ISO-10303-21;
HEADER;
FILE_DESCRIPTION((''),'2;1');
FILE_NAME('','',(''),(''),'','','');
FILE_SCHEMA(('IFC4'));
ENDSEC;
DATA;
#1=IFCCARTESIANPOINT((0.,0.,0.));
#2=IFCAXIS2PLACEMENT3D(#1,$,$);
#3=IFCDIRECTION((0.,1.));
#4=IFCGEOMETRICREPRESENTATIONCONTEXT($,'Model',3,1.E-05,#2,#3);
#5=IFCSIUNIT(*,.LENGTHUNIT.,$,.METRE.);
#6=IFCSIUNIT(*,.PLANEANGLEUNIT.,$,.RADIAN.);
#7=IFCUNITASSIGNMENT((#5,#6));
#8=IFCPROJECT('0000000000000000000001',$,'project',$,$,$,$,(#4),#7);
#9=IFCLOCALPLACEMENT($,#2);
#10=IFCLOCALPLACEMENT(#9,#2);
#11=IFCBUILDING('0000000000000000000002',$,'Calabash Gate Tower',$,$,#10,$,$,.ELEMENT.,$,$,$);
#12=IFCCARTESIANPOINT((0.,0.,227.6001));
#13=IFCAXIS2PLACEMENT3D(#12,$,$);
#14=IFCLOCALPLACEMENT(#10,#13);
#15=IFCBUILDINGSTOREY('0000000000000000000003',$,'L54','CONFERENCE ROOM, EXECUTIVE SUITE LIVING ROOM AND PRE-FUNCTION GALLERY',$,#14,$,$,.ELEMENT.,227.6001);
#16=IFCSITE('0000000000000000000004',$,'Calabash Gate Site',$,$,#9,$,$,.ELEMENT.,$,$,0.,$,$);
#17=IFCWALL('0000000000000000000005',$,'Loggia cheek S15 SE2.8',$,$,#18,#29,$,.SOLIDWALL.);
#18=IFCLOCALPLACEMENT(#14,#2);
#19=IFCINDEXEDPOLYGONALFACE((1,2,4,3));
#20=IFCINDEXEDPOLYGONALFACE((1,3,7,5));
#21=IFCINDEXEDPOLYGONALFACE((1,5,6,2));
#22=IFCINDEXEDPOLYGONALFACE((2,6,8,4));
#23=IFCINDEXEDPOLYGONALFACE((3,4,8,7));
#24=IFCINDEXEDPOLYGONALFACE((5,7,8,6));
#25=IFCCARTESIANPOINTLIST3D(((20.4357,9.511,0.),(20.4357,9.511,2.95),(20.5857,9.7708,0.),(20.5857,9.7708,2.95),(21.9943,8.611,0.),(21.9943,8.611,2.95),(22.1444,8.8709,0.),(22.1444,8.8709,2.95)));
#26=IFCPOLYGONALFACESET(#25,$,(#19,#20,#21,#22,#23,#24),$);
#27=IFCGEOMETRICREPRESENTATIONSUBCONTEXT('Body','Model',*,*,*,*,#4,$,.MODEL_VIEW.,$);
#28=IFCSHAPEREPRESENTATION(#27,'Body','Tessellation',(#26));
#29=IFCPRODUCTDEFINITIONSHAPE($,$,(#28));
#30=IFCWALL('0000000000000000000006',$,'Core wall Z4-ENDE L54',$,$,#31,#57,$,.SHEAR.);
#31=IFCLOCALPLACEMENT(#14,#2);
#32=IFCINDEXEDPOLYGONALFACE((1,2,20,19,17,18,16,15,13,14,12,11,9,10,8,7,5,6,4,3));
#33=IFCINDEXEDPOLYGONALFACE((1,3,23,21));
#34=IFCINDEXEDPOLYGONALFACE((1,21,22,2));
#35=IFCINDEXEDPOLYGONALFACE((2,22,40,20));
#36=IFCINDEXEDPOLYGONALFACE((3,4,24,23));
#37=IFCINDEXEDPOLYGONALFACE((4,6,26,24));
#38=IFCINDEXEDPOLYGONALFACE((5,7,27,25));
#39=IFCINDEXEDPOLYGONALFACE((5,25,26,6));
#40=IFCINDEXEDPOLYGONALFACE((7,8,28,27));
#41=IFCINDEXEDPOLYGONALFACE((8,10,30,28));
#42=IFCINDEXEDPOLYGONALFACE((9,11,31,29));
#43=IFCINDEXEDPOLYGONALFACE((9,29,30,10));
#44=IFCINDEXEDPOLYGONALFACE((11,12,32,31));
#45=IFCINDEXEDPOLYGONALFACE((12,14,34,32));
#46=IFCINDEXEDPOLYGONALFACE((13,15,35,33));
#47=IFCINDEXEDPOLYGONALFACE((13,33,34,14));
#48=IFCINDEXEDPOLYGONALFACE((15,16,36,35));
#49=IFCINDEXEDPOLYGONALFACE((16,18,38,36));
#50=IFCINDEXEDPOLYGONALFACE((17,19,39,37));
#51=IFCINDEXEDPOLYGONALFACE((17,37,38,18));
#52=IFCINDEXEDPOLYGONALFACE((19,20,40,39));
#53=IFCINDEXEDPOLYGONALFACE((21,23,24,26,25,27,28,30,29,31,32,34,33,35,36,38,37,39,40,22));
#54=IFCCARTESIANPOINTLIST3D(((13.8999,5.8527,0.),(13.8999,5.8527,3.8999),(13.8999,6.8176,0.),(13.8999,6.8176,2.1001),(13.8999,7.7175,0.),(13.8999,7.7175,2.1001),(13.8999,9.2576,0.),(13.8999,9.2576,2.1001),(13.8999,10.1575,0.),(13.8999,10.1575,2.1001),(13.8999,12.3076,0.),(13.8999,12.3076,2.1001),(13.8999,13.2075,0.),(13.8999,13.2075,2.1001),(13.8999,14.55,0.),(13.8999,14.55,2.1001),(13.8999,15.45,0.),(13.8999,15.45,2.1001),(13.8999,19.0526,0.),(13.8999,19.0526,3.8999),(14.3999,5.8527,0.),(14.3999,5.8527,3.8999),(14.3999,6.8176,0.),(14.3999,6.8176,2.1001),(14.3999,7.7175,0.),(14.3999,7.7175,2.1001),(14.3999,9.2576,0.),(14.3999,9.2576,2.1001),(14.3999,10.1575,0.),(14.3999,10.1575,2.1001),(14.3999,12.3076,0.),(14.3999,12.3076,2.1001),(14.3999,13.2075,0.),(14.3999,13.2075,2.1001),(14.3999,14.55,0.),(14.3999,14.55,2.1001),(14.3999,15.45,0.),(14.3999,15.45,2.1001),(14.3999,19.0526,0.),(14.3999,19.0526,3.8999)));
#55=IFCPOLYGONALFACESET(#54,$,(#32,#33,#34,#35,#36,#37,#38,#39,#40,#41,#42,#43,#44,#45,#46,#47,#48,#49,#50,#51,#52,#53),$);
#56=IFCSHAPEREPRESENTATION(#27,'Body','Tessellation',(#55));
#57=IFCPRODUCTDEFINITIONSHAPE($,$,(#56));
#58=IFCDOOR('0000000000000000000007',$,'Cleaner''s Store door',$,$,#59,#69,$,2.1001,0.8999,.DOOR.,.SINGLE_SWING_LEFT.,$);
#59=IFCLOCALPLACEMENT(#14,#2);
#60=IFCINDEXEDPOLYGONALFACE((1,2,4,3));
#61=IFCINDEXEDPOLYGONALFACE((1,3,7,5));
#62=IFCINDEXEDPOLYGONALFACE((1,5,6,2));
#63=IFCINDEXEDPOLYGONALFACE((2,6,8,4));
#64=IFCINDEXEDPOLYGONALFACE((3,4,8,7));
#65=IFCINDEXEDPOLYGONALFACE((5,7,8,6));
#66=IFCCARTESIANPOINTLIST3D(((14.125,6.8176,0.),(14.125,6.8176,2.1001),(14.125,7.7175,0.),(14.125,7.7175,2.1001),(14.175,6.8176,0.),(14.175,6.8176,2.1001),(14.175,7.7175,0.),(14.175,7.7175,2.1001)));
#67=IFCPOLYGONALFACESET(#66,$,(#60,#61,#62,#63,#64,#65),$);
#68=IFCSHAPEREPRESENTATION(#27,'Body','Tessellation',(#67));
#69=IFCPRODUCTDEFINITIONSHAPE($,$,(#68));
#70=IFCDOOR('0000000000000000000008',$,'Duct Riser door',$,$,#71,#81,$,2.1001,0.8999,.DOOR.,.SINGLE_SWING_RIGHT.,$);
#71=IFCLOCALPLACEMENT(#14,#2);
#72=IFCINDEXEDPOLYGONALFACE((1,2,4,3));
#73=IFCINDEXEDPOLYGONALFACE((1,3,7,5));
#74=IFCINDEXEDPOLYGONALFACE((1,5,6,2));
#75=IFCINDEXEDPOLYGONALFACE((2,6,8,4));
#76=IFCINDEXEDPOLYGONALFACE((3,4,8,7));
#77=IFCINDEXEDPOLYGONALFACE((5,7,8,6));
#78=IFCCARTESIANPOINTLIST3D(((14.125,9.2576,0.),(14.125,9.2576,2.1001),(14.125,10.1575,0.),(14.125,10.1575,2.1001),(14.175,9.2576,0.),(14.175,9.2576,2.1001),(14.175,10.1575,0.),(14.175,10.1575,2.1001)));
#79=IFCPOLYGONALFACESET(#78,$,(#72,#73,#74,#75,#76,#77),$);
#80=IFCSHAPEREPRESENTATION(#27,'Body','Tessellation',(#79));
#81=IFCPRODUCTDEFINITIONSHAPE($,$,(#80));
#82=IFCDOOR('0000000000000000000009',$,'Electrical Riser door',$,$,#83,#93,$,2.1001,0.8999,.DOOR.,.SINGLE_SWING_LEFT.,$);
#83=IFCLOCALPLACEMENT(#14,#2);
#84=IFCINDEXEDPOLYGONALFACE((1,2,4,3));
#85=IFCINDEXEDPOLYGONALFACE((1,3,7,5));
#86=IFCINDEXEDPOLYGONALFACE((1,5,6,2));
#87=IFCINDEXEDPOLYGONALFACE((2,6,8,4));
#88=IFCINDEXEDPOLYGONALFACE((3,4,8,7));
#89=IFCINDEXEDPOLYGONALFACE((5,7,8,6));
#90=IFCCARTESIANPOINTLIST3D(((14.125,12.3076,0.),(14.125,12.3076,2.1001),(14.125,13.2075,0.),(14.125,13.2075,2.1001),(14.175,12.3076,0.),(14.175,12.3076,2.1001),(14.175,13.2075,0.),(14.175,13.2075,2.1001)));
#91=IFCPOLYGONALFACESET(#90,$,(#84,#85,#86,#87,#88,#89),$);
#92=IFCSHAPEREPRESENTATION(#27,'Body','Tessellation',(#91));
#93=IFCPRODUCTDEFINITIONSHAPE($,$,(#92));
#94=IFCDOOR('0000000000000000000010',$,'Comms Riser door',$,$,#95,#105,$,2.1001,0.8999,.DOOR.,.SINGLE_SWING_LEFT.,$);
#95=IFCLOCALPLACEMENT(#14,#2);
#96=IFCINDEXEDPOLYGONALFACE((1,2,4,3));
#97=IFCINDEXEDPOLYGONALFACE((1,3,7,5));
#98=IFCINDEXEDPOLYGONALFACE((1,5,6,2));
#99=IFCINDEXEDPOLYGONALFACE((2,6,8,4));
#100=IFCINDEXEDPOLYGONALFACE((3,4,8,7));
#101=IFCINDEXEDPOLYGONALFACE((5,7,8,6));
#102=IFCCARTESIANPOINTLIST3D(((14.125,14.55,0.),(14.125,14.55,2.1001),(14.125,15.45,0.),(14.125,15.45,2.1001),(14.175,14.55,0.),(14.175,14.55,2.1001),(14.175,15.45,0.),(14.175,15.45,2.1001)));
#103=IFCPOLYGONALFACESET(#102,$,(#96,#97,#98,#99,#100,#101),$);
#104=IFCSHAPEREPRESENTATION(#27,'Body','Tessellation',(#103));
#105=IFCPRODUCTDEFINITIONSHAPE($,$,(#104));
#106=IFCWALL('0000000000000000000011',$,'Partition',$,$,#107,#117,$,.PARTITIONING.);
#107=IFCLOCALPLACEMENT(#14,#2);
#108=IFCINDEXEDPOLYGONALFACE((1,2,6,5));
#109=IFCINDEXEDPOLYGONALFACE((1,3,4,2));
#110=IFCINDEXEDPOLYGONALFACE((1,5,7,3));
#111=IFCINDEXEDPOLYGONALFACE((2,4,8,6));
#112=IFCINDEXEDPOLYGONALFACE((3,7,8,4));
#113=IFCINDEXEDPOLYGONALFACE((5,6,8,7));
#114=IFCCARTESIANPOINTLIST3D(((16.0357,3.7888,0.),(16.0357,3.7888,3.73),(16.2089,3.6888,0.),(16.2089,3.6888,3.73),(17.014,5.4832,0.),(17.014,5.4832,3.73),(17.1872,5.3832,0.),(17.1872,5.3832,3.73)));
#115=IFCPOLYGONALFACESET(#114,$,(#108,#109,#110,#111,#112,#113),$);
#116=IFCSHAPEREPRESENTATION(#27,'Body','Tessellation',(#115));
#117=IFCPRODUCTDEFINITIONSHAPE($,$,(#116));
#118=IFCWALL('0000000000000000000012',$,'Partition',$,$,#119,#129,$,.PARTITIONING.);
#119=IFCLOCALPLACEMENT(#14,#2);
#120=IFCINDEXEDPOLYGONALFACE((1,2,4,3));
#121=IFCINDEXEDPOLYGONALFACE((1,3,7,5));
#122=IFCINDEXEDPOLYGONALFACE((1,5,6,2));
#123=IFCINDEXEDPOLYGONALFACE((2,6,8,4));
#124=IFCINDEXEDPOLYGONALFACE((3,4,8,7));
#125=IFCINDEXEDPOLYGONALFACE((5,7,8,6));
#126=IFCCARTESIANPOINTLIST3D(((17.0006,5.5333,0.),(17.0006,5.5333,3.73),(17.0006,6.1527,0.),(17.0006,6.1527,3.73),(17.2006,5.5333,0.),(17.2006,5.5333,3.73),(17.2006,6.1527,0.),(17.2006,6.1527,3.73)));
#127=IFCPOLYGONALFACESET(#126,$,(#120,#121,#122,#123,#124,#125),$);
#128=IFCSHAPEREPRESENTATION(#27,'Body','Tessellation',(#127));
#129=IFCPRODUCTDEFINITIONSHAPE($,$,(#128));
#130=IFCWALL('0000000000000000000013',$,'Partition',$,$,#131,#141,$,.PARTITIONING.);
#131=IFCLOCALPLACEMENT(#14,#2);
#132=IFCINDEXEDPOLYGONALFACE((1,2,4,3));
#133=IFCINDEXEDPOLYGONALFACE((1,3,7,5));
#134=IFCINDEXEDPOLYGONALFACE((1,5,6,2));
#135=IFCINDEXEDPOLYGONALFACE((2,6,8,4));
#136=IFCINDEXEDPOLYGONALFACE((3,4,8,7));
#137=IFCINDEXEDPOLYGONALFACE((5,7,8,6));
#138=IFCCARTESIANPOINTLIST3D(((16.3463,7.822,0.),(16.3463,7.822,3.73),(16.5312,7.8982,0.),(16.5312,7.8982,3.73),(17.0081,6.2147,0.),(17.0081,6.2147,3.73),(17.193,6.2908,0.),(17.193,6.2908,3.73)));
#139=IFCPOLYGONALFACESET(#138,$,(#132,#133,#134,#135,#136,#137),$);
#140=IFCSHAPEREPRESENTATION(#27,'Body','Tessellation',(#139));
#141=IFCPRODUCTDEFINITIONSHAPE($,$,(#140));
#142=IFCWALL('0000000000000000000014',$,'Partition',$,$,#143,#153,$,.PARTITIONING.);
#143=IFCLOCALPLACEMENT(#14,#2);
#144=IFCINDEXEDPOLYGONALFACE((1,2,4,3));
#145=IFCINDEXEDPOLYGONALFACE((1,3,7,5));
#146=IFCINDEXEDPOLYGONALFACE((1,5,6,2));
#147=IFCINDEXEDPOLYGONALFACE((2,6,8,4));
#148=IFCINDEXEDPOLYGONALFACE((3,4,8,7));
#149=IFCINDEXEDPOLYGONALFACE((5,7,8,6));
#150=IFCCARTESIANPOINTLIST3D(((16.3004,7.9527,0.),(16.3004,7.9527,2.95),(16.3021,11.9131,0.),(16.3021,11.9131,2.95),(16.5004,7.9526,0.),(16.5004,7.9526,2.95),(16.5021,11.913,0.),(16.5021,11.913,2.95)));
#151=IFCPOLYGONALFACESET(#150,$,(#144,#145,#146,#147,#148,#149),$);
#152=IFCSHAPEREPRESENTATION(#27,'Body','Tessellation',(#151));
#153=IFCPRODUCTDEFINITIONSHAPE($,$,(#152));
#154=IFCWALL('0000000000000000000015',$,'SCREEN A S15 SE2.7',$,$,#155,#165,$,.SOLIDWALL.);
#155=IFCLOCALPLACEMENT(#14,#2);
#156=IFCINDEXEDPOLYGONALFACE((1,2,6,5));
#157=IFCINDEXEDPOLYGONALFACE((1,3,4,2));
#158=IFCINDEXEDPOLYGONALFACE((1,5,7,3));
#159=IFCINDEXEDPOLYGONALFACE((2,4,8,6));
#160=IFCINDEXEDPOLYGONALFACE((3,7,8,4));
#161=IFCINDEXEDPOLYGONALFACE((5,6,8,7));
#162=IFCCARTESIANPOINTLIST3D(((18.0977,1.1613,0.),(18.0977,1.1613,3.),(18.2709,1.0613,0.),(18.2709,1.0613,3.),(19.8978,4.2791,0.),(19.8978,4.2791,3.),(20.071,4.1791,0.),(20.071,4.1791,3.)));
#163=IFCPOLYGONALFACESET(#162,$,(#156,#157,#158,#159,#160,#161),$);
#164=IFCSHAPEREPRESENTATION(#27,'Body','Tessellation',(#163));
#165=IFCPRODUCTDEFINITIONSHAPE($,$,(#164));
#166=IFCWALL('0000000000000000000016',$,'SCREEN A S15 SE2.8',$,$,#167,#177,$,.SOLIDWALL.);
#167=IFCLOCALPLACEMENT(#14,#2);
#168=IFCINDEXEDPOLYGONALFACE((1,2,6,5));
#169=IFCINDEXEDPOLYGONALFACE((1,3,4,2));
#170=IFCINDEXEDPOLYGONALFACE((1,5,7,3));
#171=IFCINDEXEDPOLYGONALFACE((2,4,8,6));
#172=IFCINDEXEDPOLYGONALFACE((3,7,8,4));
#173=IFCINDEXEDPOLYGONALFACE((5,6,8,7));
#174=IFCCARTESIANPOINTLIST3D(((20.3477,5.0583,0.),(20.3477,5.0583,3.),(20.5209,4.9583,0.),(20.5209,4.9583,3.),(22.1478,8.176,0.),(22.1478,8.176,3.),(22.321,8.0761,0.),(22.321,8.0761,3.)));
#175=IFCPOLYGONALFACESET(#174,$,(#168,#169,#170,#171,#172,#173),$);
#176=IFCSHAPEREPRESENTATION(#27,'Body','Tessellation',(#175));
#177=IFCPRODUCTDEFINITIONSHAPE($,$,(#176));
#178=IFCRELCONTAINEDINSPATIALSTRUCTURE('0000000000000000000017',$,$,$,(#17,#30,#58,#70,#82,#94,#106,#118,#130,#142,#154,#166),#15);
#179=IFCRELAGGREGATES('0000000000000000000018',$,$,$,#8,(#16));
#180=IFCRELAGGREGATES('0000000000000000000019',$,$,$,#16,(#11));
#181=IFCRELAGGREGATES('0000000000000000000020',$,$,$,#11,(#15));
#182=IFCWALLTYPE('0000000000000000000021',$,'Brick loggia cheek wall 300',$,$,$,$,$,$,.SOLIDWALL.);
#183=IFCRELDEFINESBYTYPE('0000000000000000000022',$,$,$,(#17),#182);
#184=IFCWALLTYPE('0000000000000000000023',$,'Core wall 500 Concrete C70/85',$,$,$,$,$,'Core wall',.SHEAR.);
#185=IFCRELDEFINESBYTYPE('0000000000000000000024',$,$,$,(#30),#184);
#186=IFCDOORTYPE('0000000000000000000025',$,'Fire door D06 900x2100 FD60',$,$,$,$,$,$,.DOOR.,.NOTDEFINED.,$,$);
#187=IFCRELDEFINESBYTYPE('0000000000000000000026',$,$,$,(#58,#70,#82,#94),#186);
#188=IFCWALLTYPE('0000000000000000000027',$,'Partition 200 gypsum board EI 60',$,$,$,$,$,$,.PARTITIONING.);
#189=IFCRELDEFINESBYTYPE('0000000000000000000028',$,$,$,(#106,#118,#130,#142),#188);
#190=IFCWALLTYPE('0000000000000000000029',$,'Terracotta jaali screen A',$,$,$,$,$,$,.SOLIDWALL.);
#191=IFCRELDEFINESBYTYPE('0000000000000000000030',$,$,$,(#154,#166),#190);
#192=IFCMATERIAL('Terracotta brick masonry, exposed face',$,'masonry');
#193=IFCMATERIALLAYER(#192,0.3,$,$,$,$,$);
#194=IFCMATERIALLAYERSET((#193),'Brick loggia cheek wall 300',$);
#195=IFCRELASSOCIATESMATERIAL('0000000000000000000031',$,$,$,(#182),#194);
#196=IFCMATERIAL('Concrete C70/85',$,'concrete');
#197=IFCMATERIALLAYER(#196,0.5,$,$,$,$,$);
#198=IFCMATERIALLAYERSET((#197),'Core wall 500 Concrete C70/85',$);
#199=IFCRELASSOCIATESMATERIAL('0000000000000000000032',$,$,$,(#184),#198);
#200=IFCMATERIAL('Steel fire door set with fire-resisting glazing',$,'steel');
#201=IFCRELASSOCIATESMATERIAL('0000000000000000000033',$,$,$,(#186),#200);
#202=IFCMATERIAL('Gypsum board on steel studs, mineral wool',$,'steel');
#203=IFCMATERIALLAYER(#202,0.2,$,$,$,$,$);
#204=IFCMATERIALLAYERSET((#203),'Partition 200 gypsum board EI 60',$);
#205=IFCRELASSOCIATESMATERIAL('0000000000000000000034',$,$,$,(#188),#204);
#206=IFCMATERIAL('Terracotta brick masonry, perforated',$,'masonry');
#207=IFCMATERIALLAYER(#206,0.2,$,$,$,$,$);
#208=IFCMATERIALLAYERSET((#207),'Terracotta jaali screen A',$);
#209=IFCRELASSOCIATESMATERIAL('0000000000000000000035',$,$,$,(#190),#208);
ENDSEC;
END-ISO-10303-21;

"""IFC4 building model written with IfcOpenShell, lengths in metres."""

from ifc_helpers import new_model, si_unit, direction, frame, frame_2d, origin, place, context, subcontext, project, spatial, rectangle, extrude, material, layer, layer_set, type_object, element, fill, save


model = new_model("IFC4")

# Units and contexts
model_context = context("Model", 3, precision=1e-05, world=origin(), true_north=direction((0.0, 1.0)))
body_context = subcontext(model_context, "Body", "Model", "MODEL_VIEW")
ifc_project = project(units=[si_unit("LENGTHUNIT", "METRE"), si_unit("PLANEANGLEUNIT", "RADIAN")], contexts=[model_context])

# Site, building, storey
site_placement = place(None, origin())
site = spatial("IfcSite", under=ifc_project, at=site_placement, Name="Calabash Gate Site", CompositionType="ELEMENT", RefElevation=0.0)
building_placement = place(site_placement, origin())
building = spatial("IfcBuilding", under=site, at=building_placement, Name="Calabash Gate Tower", CompositionType="ELEMENT")
storey_placement = place(building_placement, frame((0.0, 0.0, 227.6001)))
storey = spatial("IfcBuildingStorey", under=building, at=storey_placement, Name="L54", Description="CONFERENCE ROOM, EXECUTIVE SUITE LIVING ROOM AND PRE-FUNCTION GALLERY", CompositionType="ELEMENT", Elevation=227.6001)

# Wall
ifc_material_1 = material(Name="Terracotta brick masonry, exposed face", Category="masonry")
ifc_layer_1 = layer(ifc_material_1, 0.3)
ifc_layer_set_1 = layer_set([ifc_layer_1], Name="Brick loggia cheek wall 300")
wall_type_1 = type_object("IfcWallType", Name="Brick loggia cheek wall 300", PredefinedType="SOLIDWALL", material=ifc_layer_set_1)
wall_1_placement = place(storey_placement, frame((22.0693, 8.741, 0.0), z_axis=(0.0, 0.0, 1.0), x_axis=(-0.866014, 0.50002, 0.0)))
element("IfcWall", 1, at=wall_1_placement, inside=storey, type_object=wall_type_1, Name="Loggia cheek S15 SE2.8", PredefinedType="SOLIDWALL", context=body_context, shape_type="SweptSolid", body=[
    extrude(rectangle(XDim=1.7998, YDim=0.3, at=frame_2d((0.8999, 0.0))), origin(), (0.0, 0.0, 1.0), 2.95),
])

# Wall, openings, doors
ifc_material_2 = material(Name="Concrete C70/85", Category="concrete")
ifc_layer_2 = layer(ifc_material_2, 0.5)
ifc_layer_set_2 = layer_set([ifc_layer_2], Name="Core wall 500 Concrete C70/85")
wall_type_2 = type_object("IfcWallType", Name="Core wall 500 Concrete C70/85", ElementType="Core wall", PredefinedType="SHEAR", material=ifc_layer_set_2)
wall_2_placement = place(storey_placement, frame((14.1499, 5.8525, 0.0), z_axis=(0.0, 0.0, 1.0), x_axis=(0.0, 1.0, 0.0)))
wall_2 = element("IfcWall", 2, at=wall_2_placement, inside=storey, type_object=wall_type_2, Name="Core wall Z4-ENDE L54", PredefinedType="SHEAR", context=body_context, shape_type="SweptSolid", body=[
    extrude(rectangle(XDim=13.2, YDim=0.5, at=frame_2d((6.6001, 0.0))), origin(), (0.0, 0.0, 1.0), 3.8999),
])
opening_1_placement = place(wall_2_placement, frame((0.9651, 0.0, 0.0)))
opening_1 = element("IfcOpeningElement", 3, at=opening_1_placement, cuts=wall_2, PredefinedType="OPENING", context=body_context, shape_type="SweptSolid", body=[
    extrude(rectangle(XDim=0.8999, YDim=2.1001, at=frame_2d((0.45, 1.05))), frame((0.0, 0.26, 0.0), z_axis=(0.0, -1.0, 0.0), x_axis=(1.0, 0.0, 0.0)), (0.0, 0.0, 1.0), 0.52),
])
opening_2_placement = place(wall_2_placement, frame((3.405, 0.0, 0.0)))
opening_2 = element("IfcOpeningElement", 4, at=opening_2_placement, cuts=wall_2, PredefinedType="OPENING", context=body_context, shape_type="SweptSolid", body=[
    extrude(rectangle(XDim=0.8999, YDim=2.1001, at=frame_2d((0.45, 1.05))), frame((0.0, 0.26, 0.0), z_axis=(0.0, -1.0, 0.0), x_axis=(1.0, 0.0, 0.0)), (0.0, 0.0, 1.0), 0.52),
])
opening_3_placement = place(wall_2_placement, frame((6.4551, 0.0, 0.0)))
opening_3 = element("IfcOpeningElement", 5, at=opening_3_placement, cuts=wall_2, PredefinedType="OPENING", context=body_context, shape_type="SweptSolid", body=[
    extrude(rectangle(XDim=0.8999, YDim=2.1001, at=frame_2d((0.45, 1.05))), frame((0.0, 0.26, 0.0), z_axis=(0.0, -1.0, 0.0), x_axis=(1.0, 0.0, 0.0)), (0.0, 0.0, 1.0), 0.52),
])
opening_4_placement = place(wall_2_placement, frame((8.6975, 0.0, 0.0)))
opening_4 = element("IfcOpeningElement", 6, at=opening_4_placement, cuts=wall_2, PredefinedType="OPENING", context=body_context, shape_type="SweptSolid", body=[
    extrude(rectangle(XDim=0.8999, YDim=2.1001, at=frame_2d((0.45, 1.05))), frame((0.0, 0.26, 0.0), z_axis=(0.0, -1.0, 0.0), x_axis=(1.0, 0.0, 0.0)), (0.0, 0.0, 1.0), 0.52),
])
ifc_material_3 = material(Name="Steel fire door set with fire-resisting glazing", Category="steel")
door_type_1 = type_object("IfcDoorType", Name="Fire door D06 900x2100 FD60", OperationType="NOTDEFINED", PredefinedType="DOOR", material=ifc_material_3)
door_1_placement = place(opening_1_placement, origin())
door_1 = element("IfcDoor", 7, at=door_1_placement, inside=storey, type_object=door_type_1, Name="Cleaner's Store door", OperationType="SINGLE_SWING_LEFT", OverallHeight=2.1001, OverallWidth=0.8999, PredefinedType="DOOR", context=body_context, shape_type="SweptSolid", body=[
    extrude(rectangle(XDim=0.8999, YDim=2.1001, at=frame_2d((0.45, 1.05))), frame((0.0, 0.0249, 0.0), z_axis=(0.0, -1.0, 0.0), x_axis=(1.0, 0.0, 0.0)), (0.0, 0.0, 1.0), 0.05),
])
fill(opening_1, door_1)
door_2_placement = place(opening_2_placement, origin())
door_2 = element("IfcDoor", 8, at=door_2_placement, inside=storey, type_object=door_type_1, Name="Duct Riser door", OperationType="SINGLE_SWING_RIGHT", OverallHeight=2.1001, OverallWidth=0.8999, PredefinedType="DOOR", context=body_context, shape_type="SweptSolid", body=[
    extrude(rectangle(XDim=0.8999, YDim=2.1001, at=frame_2d((0.45, 1.05))), frame((0.0, 0.0249, 0.0), z_axis=(0.0, -1.0, 0.0), x_axis=(1.0, 0.0, 0.0)), (0.0, 0.0, 1.0), 0.05),
])
fill(opening_2, door_2)
door_3_placement = place(opening_3_placement, origin())
door_3 = element("IfcDoor", 9, at=door_3_placement, inside=storey, type_object=door_type_1, Name="Electrical Riser door", OperationType="SINGLE_SWING_LEFT", OverallHeight=2.1001, OverallWidth=0.8999, PredefinedType="DOOR", context=body_context, shape_type="SweptSolid", body=[
    extrude(rectangle(XDim=0.8999, YDim=2.1001, at=frame_2d((0.45, 1.05))), frame((0.0, 0.0249, 0.0), z_axis=(0.0, -1.0, 0.0), x_axis=(1.0, 0.0, 0.0)), (0.0, 0.0, 1.0), 0.05),
])
fill(opening_3, door_3)
door_4_placement = place(opening_4_placement, origin())
door_4 = element("IfcDoor", 10, at=door_4_placement, inside=storey, type_object=door_type_1, Name="Comms Riser door", OperationType="SINGLE_SWING_LEFT", OverallHeight=2.1001, OverallWidth=0.8999, PredefinedType="DOOR", context=body_context, shape_type="SweptSolid", body=[
    extrude(rectangle(XDim=0.8999, YDim=2.1001, at=frame_2d((0.45, 1.05))), frame((0.0, 0.0249, 0.0), z_axis=(0.0, -1.0, 0.0), x_axis=(1.0, 0.0, 0.0)), (0.0, 0.0, 1.0), 0.05),
])
fill(opening_4, door_4)

# Walls
ifc_material_4 = material(Name="Gypsum board on steel studs, mineral wool", Category="steel")
ifc_layer_3 = layer(ifc_material_4, 0.2)
ifc_layer_set_3 = layer_set([ifc_layer_3], Name="Partition 200 gypsum board EI 60")
wall_type_3 = type_object("IfcWallType", Name="Partition 200 gypsum board EI 60", PredefinedType="PARTITIONING", material=ifc_layer_set_3)
wall_3_placement = place(storey_placement, frame((16.1223, 3.7388, 0.0), z_axis=(0.0, 0.0, 1.0), x_axis=(0.500018, 0.866015, 0.0)))
element("IfcWall", 11, at=wall_3_placement, inside=storey, type_object=wall_type_3, Name="Partition", PredefinedType="PARTITIONING", context=body_context, shape_type="SweptSolid", body=[
    extrude(rectangle(XDim=1.9565, YDim=0.2, at=frame_2d((0.9783, 0.0))), origin(), (0.0, 0.0, 1.0), 3.73),
])
wall_4_placement = place(storey_placement, frame((17.1006, 6.1526, 0.0), z_axis=(0.0, 0.0, 1.0), x_axis=(0.0, -1.0, 0.0)))
element("IfcWall", 12, at=wall_4_placement, inside=storey, type_object=wall_type_3, Name="Partition", PredefinedType="PARTITIONING", context=body_context, shape_type="SweptSolid", body=[
    extrude(rectangle(XDim=0.6194, YDim=0.2, at=frame_2d((0.3096, 0.0))), origin(), (0.0, 0.0, 1.0), 3.73),
])
wall_5_placement = place(storey_placement, frame((16.4387, 7.8601, 0.0), z_axis=(0.0, 0.0, 1.0), x_axis=(0.380743, -0.924681, 0.0)))
element("IfcWall", 13, at=wall_5_placement, inside=storey, type_object=wall_type_3, Name="Partition", PredefinedType="PARTITIONING", context=body_context, shape_type="SweptSolid", body=[
    extrude(rectangle(XDim=1.7383, YDim=0.2, at=frame_2d((0.8691, 0.0))), origin(), (0.0, 0.0, 1.0), 3.73),
])
wall_6_placement = place(storey_placement, frame((16.4004, 7.9526, 0.0), z_axis=(0.0, 0.0, 1.0), x_axis=(0.000432, 1.0, 0.0)))
element("IfcWall", 14, at=wall_6_placement, inside=storey, type_object=wall_type_3, Name="Partition", PredefinedType="PARTITIONING", context=body_context, shape_type="SweptSolid", body=[
    extrude(rectangle(XDim=3.9604, YDim=0.2, at=frame_2d((1.9802, 0.0))), origin(), (0.0, 0.0, 1.0), 2.95),
])
ifc_material_5 = material(Name="Terracotta brick masonry, perforated", Category="masonry")
ifc_layer_4 = layer(ifc_material_5, 0.2)
ifc_layer_set_4 = layer_set([ifc_layer_4], Name="Terracotta jaali screen A")
wall_type_4 = type_object("IfcWallType", Name="Terracotta jaali screen A", PredefinedType="SOLIDWALL", material=ifc_layer_set_4)
for number, where, z_axis, x_axis, name in (
    (15, (18.1843, 1.1113, 0.0), (0.0, 0.0, 1.0), (0.500012, 0.866018, 0.0), "SCREEN A S15 SE2.7"),
    (16, (20.4343, 5.0083, 0.0), (0.0, 0.0, 1.0), (0.500012, 0.866018, 0.0), "SCREEN A S15 SE2.8"),
):
    element("IfcWall", number, at=place(storey_placement, frame(where, z_axis=z_axis, x_axis=x_axis)), inside=storey, type_object=wall_type_4, Name=name, PredefinedType="SOLIDWALL", context=body_context, shape_type="SweptSolid", body=[
        extrude(rectangle(XDim=3.6001, YDim=0.2, at=frame_2d((1.8, 0.0))), origin(), (0.0, 0.0, 1.0), 3.0),
    ])

save(model, "model.ifc")
